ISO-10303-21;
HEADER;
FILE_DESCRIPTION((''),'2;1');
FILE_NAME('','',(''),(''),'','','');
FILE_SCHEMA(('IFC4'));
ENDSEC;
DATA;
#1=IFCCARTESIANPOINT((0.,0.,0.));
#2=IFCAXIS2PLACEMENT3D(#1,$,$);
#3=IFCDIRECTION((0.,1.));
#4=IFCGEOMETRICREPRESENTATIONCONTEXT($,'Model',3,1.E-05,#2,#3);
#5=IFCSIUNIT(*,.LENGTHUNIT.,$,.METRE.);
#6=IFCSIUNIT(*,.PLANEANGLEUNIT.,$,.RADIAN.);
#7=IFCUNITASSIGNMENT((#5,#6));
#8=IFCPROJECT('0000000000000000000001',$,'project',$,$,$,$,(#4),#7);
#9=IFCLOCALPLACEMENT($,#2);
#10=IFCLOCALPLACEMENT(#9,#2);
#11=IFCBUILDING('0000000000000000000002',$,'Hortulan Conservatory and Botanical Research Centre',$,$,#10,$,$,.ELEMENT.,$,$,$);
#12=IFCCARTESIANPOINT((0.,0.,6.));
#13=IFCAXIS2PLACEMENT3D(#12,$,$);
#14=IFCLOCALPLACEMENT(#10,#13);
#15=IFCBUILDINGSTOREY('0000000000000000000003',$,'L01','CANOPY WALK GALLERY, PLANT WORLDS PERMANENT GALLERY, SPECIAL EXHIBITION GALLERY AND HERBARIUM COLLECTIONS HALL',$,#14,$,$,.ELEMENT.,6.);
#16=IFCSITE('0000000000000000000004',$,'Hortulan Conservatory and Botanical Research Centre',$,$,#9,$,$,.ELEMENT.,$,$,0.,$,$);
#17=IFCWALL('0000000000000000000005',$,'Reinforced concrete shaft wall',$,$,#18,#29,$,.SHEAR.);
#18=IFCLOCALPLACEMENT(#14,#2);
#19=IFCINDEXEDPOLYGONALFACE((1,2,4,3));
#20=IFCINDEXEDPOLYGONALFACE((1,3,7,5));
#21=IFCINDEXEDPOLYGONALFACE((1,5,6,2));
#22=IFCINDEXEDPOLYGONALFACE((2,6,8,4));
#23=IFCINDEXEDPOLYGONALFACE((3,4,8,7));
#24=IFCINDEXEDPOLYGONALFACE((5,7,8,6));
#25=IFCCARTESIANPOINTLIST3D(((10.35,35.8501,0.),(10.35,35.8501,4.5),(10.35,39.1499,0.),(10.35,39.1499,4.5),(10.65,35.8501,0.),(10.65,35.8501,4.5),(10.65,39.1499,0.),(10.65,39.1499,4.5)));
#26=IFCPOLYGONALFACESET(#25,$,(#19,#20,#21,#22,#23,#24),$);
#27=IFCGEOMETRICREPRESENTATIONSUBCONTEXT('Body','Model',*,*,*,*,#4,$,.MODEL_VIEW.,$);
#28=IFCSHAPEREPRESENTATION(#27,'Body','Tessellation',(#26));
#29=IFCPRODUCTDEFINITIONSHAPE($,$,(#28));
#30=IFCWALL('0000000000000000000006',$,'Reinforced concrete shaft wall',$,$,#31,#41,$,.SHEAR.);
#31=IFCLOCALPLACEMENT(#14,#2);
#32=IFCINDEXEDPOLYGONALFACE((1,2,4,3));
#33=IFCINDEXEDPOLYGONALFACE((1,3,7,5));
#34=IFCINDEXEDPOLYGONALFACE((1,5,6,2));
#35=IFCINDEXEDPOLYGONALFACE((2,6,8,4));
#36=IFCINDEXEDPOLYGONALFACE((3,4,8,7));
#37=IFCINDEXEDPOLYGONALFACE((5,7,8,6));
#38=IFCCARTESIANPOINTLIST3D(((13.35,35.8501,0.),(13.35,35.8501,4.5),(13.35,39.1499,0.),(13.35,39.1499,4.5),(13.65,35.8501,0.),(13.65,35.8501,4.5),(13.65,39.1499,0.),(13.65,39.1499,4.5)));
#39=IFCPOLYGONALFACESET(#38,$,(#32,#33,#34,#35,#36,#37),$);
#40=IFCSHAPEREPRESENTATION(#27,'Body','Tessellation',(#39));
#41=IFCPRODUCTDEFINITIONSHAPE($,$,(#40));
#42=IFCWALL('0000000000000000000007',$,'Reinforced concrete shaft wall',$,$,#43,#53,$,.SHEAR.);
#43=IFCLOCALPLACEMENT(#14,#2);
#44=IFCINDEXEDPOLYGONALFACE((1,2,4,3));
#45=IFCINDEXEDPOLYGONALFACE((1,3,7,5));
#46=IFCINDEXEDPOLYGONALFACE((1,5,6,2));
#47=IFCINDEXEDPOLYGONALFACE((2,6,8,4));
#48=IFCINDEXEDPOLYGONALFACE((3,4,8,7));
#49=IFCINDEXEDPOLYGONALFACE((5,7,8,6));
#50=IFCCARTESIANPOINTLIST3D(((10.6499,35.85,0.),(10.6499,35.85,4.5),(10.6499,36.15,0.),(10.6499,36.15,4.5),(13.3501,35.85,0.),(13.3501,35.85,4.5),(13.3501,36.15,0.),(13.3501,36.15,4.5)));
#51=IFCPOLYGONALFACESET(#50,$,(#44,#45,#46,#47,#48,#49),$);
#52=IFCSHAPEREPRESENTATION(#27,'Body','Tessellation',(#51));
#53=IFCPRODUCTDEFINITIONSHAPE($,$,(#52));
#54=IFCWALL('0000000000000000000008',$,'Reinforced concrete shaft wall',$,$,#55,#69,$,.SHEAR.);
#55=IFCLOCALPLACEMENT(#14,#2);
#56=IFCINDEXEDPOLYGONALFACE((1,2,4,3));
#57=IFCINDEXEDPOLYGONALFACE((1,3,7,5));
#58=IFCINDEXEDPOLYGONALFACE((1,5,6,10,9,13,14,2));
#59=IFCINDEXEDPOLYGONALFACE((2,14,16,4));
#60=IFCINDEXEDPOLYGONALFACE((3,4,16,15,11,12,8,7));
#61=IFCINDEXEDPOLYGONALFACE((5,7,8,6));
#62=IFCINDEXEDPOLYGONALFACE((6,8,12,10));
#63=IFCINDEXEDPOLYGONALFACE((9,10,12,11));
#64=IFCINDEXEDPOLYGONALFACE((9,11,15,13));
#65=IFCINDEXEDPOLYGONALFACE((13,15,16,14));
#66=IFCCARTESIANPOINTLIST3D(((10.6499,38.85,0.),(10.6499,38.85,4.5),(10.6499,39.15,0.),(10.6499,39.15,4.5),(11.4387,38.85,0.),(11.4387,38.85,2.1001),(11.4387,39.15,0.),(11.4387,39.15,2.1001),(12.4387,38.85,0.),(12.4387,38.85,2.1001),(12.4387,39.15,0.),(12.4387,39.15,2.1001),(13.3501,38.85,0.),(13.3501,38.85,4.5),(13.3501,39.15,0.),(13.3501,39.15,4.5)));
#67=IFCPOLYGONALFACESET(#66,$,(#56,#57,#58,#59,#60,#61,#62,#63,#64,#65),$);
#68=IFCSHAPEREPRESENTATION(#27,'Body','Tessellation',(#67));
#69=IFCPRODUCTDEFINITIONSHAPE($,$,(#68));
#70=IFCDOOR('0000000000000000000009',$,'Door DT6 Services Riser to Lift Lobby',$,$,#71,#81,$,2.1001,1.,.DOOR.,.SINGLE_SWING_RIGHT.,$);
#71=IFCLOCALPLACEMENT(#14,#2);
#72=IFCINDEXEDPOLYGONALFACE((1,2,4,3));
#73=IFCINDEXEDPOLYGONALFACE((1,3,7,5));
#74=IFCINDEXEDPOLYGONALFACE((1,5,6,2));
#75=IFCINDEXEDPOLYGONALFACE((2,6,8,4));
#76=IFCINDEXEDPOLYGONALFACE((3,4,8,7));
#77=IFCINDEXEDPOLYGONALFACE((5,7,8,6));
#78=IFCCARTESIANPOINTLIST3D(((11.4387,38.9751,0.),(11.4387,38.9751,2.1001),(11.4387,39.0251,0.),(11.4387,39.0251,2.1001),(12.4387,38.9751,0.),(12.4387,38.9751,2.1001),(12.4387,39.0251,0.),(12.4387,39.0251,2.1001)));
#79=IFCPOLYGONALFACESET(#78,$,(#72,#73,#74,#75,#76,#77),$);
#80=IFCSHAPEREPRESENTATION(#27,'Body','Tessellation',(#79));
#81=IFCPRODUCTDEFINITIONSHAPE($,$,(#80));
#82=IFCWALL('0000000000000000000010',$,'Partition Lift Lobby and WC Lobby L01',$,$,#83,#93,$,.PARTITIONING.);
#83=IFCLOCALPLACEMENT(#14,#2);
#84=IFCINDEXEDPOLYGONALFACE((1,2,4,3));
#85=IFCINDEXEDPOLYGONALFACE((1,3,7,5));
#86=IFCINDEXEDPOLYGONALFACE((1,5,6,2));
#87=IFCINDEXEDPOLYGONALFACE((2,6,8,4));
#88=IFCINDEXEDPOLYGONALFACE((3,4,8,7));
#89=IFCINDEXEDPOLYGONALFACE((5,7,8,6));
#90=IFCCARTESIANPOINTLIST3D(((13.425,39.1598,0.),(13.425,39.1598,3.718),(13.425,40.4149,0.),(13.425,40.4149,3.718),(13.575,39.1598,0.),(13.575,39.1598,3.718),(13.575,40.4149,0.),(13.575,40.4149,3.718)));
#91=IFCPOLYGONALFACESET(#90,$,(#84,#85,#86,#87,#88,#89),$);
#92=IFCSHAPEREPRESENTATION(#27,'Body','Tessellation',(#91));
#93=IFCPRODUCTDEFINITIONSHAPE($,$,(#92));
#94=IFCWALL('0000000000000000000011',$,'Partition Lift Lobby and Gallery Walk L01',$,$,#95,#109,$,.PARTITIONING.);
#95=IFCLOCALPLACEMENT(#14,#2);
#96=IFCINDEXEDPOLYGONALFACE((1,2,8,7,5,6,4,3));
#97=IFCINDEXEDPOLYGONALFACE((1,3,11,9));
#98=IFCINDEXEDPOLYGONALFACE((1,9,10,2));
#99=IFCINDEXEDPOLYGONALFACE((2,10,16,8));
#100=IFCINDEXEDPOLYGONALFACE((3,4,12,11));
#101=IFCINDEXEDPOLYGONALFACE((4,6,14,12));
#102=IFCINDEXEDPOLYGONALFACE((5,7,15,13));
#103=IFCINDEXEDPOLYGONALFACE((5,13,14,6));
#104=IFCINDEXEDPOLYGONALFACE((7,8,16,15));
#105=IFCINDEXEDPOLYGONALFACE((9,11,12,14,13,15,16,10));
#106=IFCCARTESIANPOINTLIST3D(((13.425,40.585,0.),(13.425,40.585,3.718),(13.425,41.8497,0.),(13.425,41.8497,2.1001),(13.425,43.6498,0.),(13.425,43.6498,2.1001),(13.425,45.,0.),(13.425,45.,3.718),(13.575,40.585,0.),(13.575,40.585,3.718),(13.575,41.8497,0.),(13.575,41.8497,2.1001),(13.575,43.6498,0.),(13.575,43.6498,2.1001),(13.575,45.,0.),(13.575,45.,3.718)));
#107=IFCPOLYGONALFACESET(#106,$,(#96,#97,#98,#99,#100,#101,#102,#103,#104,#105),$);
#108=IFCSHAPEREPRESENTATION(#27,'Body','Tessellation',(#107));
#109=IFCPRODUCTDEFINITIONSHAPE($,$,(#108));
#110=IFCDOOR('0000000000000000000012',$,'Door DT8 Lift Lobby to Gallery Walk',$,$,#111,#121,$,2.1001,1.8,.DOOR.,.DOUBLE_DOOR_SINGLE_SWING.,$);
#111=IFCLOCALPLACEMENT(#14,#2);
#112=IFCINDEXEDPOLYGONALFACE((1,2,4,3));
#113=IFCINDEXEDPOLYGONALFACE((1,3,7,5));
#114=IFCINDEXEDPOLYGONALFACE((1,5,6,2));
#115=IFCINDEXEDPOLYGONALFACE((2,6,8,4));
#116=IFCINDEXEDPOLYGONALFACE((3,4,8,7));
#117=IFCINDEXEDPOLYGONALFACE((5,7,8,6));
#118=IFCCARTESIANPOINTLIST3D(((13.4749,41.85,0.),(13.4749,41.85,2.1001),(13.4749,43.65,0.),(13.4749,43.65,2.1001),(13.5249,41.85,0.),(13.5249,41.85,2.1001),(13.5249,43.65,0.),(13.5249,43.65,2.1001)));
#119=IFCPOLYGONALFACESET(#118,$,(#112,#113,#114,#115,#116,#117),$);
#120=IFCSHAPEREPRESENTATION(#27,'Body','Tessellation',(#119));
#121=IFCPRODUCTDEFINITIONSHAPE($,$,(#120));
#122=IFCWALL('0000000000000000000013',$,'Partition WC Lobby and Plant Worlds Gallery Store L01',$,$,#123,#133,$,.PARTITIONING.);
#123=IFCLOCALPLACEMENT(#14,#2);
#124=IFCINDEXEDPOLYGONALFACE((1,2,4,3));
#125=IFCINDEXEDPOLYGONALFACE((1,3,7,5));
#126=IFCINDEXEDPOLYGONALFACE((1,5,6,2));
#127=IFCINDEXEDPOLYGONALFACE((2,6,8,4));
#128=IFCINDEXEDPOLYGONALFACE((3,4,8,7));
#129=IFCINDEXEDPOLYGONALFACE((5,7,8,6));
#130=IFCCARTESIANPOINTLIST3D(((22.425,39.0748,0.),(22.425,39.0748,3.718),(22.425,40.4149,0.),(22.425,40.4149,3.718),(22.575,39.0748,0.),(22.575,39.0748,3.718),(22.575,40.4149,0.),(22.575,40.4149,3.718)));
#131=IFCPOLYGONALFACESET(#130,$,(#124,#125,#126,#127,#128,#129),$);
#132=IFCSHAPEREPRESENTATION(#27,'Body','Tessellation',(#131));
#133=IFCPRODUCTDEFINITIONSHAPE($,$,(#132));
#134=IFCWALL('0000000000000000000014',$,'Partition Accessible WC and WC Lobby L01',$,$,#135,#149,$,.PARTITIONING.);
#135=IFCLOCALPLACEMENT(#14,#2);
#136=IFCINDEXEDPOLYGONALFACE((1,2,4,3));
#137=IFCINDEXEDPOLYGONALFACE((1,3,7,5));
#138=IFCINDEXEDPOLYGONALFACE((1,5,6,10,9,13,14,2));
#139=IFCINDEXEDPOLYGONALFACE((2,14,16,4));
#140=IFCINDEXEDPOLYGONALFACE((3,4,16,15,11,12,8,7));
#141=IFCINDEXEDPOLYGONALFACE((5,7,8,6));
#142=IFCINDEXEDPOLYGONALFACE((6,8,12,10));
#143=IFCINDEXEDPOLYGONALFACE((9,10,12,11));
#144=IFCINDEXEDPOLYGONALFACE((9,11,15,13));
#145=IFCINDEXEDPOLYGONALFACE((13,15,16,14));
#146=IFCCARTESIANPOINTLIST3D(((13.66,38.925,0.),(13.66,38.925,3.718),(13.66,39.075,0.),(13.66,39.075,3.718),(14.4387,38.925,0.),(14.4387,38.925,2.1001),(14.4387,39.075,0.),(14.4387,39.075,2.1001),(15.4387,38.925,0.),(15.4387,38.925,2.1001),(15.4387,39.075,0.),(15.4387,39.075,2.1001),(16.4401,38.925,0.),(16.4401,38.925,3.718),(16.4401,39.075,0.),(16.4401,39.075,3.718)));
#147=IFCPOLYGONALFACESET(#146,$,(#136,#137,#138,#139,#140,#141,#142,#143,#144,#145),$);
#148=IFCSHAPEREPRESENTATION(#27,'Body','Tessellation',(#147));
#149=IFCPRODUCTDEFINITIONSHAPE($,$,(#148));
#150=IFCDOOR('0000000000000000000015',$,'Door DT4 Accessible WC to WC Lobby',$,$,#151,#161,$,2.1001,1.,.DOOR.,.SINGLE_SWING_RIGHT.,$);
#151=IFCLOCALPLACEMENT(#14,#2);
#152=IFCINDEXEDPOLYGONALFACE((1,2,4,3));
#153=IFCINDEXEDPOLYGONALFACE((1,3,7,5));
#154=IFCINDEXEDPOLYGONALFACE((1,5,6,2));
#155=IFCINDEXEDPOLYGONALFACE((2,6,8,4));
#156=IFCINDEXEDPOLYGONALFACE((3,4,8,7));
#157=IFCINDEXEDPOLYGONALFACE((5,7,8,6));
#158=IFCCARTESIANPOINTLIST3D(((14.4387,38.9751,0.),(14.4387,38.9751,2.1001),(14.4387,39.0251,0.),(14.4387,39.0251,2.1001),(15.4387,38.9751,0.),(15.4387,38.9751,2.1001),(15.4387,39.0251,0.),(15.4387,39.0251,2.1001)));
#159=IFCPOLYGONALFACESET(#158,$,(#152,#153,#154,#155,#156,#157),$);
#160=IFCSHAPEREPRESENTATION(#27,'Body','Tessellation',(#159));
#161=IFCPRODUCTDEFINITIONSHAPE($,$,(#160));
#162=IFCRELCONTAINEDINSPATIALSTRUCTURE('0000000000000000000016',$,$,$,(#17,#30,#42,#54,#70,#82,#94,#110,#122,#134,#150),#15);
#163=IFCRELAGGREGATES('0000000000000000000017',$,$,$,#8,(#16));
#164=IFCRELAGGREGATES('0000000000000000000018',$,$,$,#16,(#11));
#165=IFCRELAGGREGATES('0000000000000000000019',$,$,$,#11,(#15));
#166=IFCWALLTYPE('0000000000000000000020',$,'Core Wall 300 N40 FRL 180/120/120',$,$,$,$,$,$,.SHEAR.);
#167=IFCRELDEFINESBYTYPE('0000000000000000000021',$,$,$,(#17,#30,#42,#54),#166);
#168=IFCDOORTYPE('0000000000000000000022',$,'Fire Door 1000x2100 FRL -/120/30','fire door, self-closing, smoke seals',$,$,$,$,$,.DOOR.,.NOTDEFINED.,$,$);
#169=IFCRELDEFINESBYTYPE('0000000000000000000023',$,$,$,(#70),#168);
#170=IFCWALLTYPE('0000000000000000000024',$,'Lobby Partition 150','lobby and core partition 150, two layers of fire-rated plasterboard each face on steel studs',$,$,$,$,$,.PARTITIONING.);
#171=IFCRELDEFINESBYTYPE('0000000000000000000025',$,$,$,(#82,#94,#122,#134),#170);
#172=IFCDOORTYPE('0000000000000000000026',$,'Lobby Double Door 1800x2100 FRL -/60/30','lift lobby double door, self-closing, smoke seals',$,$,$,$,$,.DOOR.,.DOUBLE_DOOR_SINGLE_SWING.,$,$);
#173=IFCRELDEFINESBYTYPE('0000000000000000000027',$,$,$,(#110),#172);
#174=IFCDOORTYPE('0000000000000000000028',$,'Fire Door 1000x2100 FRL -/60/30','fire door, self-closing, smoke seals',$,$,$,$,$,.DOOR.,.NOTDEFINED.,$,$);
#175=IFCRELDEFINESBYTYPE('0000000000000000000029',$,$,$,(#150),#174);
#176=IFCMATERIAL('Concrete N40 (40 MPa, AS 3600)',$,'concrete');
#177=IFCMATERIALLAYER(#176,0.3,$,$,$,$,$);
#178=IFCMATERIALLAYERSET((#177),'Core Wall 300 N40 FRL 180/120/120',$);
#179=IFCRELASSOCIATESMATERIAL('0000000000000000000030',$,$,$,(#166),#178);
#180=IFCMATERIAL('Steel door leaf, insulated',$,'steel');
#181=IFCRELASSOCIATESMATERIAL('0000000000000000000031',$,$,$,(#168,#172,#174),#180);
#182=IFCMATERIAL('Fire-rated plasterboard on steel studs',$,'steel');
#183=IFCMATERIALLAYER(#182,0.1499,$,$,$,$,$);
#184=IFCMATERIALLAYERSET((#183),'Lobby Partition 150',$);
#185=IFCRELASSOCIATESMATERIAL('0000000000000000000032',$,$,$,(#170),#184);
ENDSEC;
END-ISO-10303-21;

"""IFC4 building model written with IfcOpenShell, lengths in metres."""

from ifc_helpers import new_model, si_unit, direction, frame, frame_2d, origin, place, context, subcontext, project, spatial, rectangle, extrude, material, layer, layer_set, type_object, element, fill, save


model = new_model("IFC4")

# Units and contexts
model_context = context("Model", 3, precision=1e-05, world=origin(), true_north=direction((0.0, 1.0)))
body_context = subcontext(model_context, "Body", "Model", "MODEL_VIEW")
ifc_project = project(units=[si_unit("LENGTHUNIT", "METRE"), si_unit("PLANEANGLEUNIT", "RADIAN")], contexts=[model_context])

# Site, building, storey
site_placement = place(None, origin())
site = spatial("IfcSite", under=ifc_project, at=site_placement, Name="Hortulan Conservatory and Botanical Research Centre", CompositionType="ELEMENT", RefElevation=0.0)
building_placement = place(site_placement, origin())
building = spatial("IfcBuilding", under=site, at=building_placement, Name="Hortulan Conservatory and Botanical Research Centre", CompositionType="ELEMENT")
storey_placement = place(building_placement, frame((0.0, 0.0, 6.0)))
storey = spatial("IfcBuildingStorey", under=building, at=storey_placement, Name="L01", Description="CANOPY WALK GALLERY, PLANT WORLDS PERMANENT GALLERY, SPECIAL EXHIBITION GALLERY AND HERBARIUM COLLECTIONS HALL", CompositionType="ELEMENT", Elevation=6.0)

# Walls
ifc_material_1 = material(Name="Concrete N40 (40 MPa, AS 3600)", Category="concrete")
ifc_layer_1 = layer(ifc_material_1, 0.3)
ifc_layer_set_1 = layer_set([ifc_layer_1], Name="Core Wall 300 N40 FRL 180/120/120")
wall_type_1 = type_object("IfcWallType", Name="Core Wall 300 N40 FRL 180/120/120", PredefinedType="SHEAR", material=ifc_layer_set_1)
for number, where, z_axis, x_axis, name in (
    (1, (10.5, 35.8501, 0.0), (0.0, 0.0, 1.0), (0.0, 1.0, 0.0), "Reinforced concrete shaft wall"),
    (2, (13.5, 35.8501, 0.0), (0.0, 0.0, 1.0), (0.0, 1.0, 0.0), "Reinforced concrete shaft wall"),
):
    element("IfcWall", number, at=place(storey_placement, frame(where, z_axis=z_axis, x_axis=x_axis)), inside=storey, type_object=wall_type_1, Name=name, PredefinedType="SHEAR", context=body_context, shape_type="SweptSolid", body=[
        extrude(rectangle(XDim=3.2998, YDim=0.3, at=frame_2d((1.6499, 0.0))), origin(), (0.0, 0.0, 1.0), 4.5),
    ])
wall_1_placement = place(storey_placement, frame((10.6499, 36.0, 0.0), z_axis=(0.0, 0.0, 1.0), x_axis=(1.0, 0.0, 0.0)))
element("IfcWall", 3, at=wall_1_placement, inside=storey, type_object=wall_type_1, Name="Reinforced concrete shaft wall", PredefinedType="SHEAR", context=body_context, shape_type="SweptSolid", body=[
    extrude(rectangle(XDim=2.7002, YDim=0.3, at=frame_2d((1.3501, 0.0))), origin(), (0.0, 0.0, 1.0), 4.5),
])

# Wall, opening, door
wall_2_placement = place(storey_placement, frame((10.6499, 39.0, 0.0), z_axis=(0.0, 0.0, 1.0), x_axis=(1.0, 0.0, 0.0)))
wall_2 = element("IfcWall", 4, at=wall_2_placement, inside=storey, type_object=wall_type_1, Name="Reinforced concrete shaft wall", PredefinedType="SHEAR", context=body_context, shape_type="SweptSolid", body=[
    extrude(rectangle(XDim=2.7002, YDim=0.3, at=frame_2d((1.3501, 0.0))), origin(), (0.0, 0.0, 1.0), 4.5),
])
opening_1_placement = place(wall_2_placement, frame((0.7888, 0.0, 0.0)))
opening_1 = element("IfcOpeningElement", 5, at=opening_1_placement, cuts=wall_2, PredefinedType="OPENING", context=body_context, shape_type="SweptSolid", body=[
    extrude(rectangle(XDim=1.0, YDim=2.1001, at=frame_2d((0.5, 1.05))), frame((0.0, 0.1599, 0.0), z_axis=(0.0, -1.0, 0.0), x_axis=(1.0, 0.0, 0.0)), (0.0, 0.0, 1.0), 0.3201),
])
ifc_material_2 = material(Name="Steel door leaf, insulated", Category="steel")
door_type_1 = type_object("IfcDoorType", Name="Fire Door 1000x2100 FRL -/120/30", Description="fire door, self-closing, smoke seals", OperationType="NOTDEFINED", PredefinedType="DOOR", material=ifc_material_2)
door_1_placement = place(opening_1_placement, frame((1.0, 0.0, 0.0), z_axis=(0.0, 0.0, 1.0), x_axis=(-1.0, 0.0, 0.0)))
door_1 = element("IfcDoor", 6, at=door_1_placement, inside=storey, type_object=door_type_1, Name="Door DT6 Services Riser to Lift Lobby", OperationType="SINGLE_SWING_RIGHT", OverallHeight=2.1001, OverallWidth=1.0, PredefinedType="DOOR", context=body_context, shape_type="SweptSolid", body=[
    extrude(rectangle(XDim=1.0, YDim=2.1001, at=frame_2d((0.5, 1.05))), frame((0.0, 0.0249, 0.0), z_axis=(0.0, -1.0, 0.0), x_axis=(1.0, 0.0, 0.0)), (0.0, 0.0, 1.0), 0.05),
])
fill(opening_1, door_1)

# Wall
ifc_material_3 = material(Name="Fire-rated plasterboard on steel studs", Category="steel")
ifc_layer_2 = layer(ifc_material_3, 0.1499)
ifc_layer_set_2 = layer_set([ifc_layer_2], Name="Lobby Partition 150")
wall_type_2 = type_object("IfcWallType", Name="Lobby Partition 150", Description="lobby and core partition 150, two layers of fire-rated plasterboard each face on steel studs", PredefinedType="PARTITIONING", material=ifc_layer_set_2)
wall_3_placement = place(storey_placement, frame((13.5, 39.1599, 0.0), z_axis=(0.0, 0.0, 1.0), x_axis=(0.0, 1.0, 0.0)))
element("IfcWall", 7, at=wall_3_placement, inside=storey, type_object=wall_type_2, Name="Partition Lift Lobby and WC Lobby L01", PredefinedType="PARTITIONING", context=body_context, shape_type="SweptSolid", body=[
    extrude(rectangle(XDim=1.2551, YDim=0.1499, at=frame_2d((0.6274, 0.0))), origin(), (0.0, 0.0, 1.0), 3.718),
])

# Wall, opening, door
wall_4_placement = place(storey_placement, frame((13.5, 40.585, 0.0), z_axis=(0.0, 0.0, 1.0), x_axis=(0.0, 1.0, 0.0)))
wall_4 = element("IfcWall", 8, at=wall_4_placement, inside=storey, type_object=wall_type_2, Name="Partition Lift Lobby and Gallery Walk L01", PredefinedType="PARTITIONING", context=body_context, shape_type="SweptSolid", body=[
    extrude(rectangle(XDim=4.415, YDim=0.1499, at=frame_2d((2.2075, 0.0))), origin(), (0.0, 0.0, 1.0), 3.718),
])
opening_2_placement = place(wall_4_placement, frame((1.2649, 0.0, 0.0)))
opening_2 = element("IfcOpeningElement", 9, at=opening_2_placement, cuts=wall_4, PredefinedType="OPENING", context=body_context, shape_type="SweptSolid", body=[
    extrude(rectangle(XDim=1.8, YDim=2.1001, at=frame_2d((0.8999, 1.05))), frame((0.0, 0.085, 0.0), z_axis=(0.0, -1.0, 0.0), x_axis=(1.0, 0.0, 0.0)), (0.0, 0.0, 1.0), 0.1699),
])
door_type_2 = type_object("IfcDoorType", Name="Lobby Double Door 1800x2100 FRL -/60/30", Description="lift lobby double door, self-closing, smoke seals", OperationType="DOUBLE_DOOR_SINGLE_SWING", PredefinedType="DOOR", material=ifc_material_2)
door_2_placement = place(opening_2_placement, frame((1.8, 0.0, 0.0), z_axis=(0.0, 0.0, 1.0), x_axis=(-1.0, 0.0, 0.0)))
door_2 = element("IfcDoor", 10, at=door_2_placement, inside=storey, type_object=door_type_2, Name="Door DT8 Lift Lobby to Gallery Walk", OperationType="DOUBLE_DOOR_SINGLE_SWING", OverallHeight=2.1001, OverallWidth=1.8, PredefinedType="DOOR", context=body_context, shape_type="SweptSolid", body=[
    extrude(rectangle(XDim=1.8, YDim=2.1001, at=frame_2d((0.8999, 1.05))), frame((0.0, 0.0249, 0.0), z_axis=(0.0, -1.0, 0.0), x_axis=(1.0, 0.0, 0.0)), (0.0, 0.0, 1.0), 0.05),
])
fill(opening_2, door_2)

# Wall
wall_5_placement = place(storey_placement, frame((22.5, 39.075, 0.0), z_axis=(0.0, 0.0, 1.0), x_axis=(0.0, 1.0, 0.0)))
element("IfcWall", 11, at=wall_5_placement, inside=storey, type_object=wall_type_2, Name="Partition WC Lobby and Plant Worlds Gallery Store L01", PredefinedType="PARTITIONING", context=body_context, shape_type="SweptSolid", body=[
    extrude(rectangle(XDim=1.3401, YDim=0.1499, at=frame_2d((0.6699, 0.0))), origin(), (0.0, 0.0, 1.0), 3.718),
])

# Wall, opening, door
wall_6_placement = place(storey_placement, frame((13.6599, 39.0, 0.0), z_axis=(0.0, 0.0, 1.0), x_axis=(1.0, 0.0, 0.0)))
wall_6 = element("IfcWall", 12, at=wall_6_placement, inside=storey, type_object=wall_type_2, Name="Partition Accessible WC and WC Lobby L01", PredefinedType="PARTITIONING", context=body_context, shape_type="SweptSolid", body=[
    extrude(rectangle(XDim=2.78, YDim=0.1499, at=frame_2d((1.3901, 0.0))), origin(), (0.0, 0.0, 1.0), 3.718),
])
opening_3_placement = place(wall_6_placement, frame((0.7788, 0.0, 0.0)))
opening_3 = element("IfcOpeningElement", 13, at=opening_3_placement, cuts=wall_6, PredefinedType="OPENING", context=body_context, shape_type="SweptSolid", body=[
    extrude(rectangle(XDim=1.0, YDim=2.1001, at=frame_2d((0.5, 1.05))), frame((0.0, 0.085, 0.0), z_axis=(0.0, -1.0, 0.0), x_axis=(1.0, 0.0, 0.0)), (0.0, 0.0, 1.0), 0.1699),
])
door_type_3 = type_object("IfcDoorType", Name="Fire Door 1000x2100 FRL -/60/30", Description="fire door, self-closing, smoke seals", OperationType="NOTDEFINED", PredefinedType="DOOR", material=ifc_material_2)
door_3_placement = place(opening_3_placement, frame((1.0, 0.0, 0.0), z_axis=(0.0, 0.0, 1.0), x_axis=(-1.0, 0.0, 0.0)))
door_3 = element("IfcDoor", 14, at=door_3_placement, inside=storey, type_object=door_type_3, Name="Door DT4 Accessible WC to WC Lobby", OperationType="SINGLE_SWING_RIGHT", OverallHeight=2.1001, OverallWidth=1.0, PredefinedType="DOOR", context=body_context, shape_type="SweptSolid", body=[
    extrude(rectangle(XDim=1.0, YDim=2.1001, at=frame_2d((0.5, 1.05))), frame((0.0, 0.0249, 0.0), z_axis=(0.0, -1.0, 0.0), x_axis=(1.0, 0.0, 0.0)), (0.0, 0.0, 1.0), 0.05),
])
fill(opening_3, door_3)

save(model, "model.ifc")
